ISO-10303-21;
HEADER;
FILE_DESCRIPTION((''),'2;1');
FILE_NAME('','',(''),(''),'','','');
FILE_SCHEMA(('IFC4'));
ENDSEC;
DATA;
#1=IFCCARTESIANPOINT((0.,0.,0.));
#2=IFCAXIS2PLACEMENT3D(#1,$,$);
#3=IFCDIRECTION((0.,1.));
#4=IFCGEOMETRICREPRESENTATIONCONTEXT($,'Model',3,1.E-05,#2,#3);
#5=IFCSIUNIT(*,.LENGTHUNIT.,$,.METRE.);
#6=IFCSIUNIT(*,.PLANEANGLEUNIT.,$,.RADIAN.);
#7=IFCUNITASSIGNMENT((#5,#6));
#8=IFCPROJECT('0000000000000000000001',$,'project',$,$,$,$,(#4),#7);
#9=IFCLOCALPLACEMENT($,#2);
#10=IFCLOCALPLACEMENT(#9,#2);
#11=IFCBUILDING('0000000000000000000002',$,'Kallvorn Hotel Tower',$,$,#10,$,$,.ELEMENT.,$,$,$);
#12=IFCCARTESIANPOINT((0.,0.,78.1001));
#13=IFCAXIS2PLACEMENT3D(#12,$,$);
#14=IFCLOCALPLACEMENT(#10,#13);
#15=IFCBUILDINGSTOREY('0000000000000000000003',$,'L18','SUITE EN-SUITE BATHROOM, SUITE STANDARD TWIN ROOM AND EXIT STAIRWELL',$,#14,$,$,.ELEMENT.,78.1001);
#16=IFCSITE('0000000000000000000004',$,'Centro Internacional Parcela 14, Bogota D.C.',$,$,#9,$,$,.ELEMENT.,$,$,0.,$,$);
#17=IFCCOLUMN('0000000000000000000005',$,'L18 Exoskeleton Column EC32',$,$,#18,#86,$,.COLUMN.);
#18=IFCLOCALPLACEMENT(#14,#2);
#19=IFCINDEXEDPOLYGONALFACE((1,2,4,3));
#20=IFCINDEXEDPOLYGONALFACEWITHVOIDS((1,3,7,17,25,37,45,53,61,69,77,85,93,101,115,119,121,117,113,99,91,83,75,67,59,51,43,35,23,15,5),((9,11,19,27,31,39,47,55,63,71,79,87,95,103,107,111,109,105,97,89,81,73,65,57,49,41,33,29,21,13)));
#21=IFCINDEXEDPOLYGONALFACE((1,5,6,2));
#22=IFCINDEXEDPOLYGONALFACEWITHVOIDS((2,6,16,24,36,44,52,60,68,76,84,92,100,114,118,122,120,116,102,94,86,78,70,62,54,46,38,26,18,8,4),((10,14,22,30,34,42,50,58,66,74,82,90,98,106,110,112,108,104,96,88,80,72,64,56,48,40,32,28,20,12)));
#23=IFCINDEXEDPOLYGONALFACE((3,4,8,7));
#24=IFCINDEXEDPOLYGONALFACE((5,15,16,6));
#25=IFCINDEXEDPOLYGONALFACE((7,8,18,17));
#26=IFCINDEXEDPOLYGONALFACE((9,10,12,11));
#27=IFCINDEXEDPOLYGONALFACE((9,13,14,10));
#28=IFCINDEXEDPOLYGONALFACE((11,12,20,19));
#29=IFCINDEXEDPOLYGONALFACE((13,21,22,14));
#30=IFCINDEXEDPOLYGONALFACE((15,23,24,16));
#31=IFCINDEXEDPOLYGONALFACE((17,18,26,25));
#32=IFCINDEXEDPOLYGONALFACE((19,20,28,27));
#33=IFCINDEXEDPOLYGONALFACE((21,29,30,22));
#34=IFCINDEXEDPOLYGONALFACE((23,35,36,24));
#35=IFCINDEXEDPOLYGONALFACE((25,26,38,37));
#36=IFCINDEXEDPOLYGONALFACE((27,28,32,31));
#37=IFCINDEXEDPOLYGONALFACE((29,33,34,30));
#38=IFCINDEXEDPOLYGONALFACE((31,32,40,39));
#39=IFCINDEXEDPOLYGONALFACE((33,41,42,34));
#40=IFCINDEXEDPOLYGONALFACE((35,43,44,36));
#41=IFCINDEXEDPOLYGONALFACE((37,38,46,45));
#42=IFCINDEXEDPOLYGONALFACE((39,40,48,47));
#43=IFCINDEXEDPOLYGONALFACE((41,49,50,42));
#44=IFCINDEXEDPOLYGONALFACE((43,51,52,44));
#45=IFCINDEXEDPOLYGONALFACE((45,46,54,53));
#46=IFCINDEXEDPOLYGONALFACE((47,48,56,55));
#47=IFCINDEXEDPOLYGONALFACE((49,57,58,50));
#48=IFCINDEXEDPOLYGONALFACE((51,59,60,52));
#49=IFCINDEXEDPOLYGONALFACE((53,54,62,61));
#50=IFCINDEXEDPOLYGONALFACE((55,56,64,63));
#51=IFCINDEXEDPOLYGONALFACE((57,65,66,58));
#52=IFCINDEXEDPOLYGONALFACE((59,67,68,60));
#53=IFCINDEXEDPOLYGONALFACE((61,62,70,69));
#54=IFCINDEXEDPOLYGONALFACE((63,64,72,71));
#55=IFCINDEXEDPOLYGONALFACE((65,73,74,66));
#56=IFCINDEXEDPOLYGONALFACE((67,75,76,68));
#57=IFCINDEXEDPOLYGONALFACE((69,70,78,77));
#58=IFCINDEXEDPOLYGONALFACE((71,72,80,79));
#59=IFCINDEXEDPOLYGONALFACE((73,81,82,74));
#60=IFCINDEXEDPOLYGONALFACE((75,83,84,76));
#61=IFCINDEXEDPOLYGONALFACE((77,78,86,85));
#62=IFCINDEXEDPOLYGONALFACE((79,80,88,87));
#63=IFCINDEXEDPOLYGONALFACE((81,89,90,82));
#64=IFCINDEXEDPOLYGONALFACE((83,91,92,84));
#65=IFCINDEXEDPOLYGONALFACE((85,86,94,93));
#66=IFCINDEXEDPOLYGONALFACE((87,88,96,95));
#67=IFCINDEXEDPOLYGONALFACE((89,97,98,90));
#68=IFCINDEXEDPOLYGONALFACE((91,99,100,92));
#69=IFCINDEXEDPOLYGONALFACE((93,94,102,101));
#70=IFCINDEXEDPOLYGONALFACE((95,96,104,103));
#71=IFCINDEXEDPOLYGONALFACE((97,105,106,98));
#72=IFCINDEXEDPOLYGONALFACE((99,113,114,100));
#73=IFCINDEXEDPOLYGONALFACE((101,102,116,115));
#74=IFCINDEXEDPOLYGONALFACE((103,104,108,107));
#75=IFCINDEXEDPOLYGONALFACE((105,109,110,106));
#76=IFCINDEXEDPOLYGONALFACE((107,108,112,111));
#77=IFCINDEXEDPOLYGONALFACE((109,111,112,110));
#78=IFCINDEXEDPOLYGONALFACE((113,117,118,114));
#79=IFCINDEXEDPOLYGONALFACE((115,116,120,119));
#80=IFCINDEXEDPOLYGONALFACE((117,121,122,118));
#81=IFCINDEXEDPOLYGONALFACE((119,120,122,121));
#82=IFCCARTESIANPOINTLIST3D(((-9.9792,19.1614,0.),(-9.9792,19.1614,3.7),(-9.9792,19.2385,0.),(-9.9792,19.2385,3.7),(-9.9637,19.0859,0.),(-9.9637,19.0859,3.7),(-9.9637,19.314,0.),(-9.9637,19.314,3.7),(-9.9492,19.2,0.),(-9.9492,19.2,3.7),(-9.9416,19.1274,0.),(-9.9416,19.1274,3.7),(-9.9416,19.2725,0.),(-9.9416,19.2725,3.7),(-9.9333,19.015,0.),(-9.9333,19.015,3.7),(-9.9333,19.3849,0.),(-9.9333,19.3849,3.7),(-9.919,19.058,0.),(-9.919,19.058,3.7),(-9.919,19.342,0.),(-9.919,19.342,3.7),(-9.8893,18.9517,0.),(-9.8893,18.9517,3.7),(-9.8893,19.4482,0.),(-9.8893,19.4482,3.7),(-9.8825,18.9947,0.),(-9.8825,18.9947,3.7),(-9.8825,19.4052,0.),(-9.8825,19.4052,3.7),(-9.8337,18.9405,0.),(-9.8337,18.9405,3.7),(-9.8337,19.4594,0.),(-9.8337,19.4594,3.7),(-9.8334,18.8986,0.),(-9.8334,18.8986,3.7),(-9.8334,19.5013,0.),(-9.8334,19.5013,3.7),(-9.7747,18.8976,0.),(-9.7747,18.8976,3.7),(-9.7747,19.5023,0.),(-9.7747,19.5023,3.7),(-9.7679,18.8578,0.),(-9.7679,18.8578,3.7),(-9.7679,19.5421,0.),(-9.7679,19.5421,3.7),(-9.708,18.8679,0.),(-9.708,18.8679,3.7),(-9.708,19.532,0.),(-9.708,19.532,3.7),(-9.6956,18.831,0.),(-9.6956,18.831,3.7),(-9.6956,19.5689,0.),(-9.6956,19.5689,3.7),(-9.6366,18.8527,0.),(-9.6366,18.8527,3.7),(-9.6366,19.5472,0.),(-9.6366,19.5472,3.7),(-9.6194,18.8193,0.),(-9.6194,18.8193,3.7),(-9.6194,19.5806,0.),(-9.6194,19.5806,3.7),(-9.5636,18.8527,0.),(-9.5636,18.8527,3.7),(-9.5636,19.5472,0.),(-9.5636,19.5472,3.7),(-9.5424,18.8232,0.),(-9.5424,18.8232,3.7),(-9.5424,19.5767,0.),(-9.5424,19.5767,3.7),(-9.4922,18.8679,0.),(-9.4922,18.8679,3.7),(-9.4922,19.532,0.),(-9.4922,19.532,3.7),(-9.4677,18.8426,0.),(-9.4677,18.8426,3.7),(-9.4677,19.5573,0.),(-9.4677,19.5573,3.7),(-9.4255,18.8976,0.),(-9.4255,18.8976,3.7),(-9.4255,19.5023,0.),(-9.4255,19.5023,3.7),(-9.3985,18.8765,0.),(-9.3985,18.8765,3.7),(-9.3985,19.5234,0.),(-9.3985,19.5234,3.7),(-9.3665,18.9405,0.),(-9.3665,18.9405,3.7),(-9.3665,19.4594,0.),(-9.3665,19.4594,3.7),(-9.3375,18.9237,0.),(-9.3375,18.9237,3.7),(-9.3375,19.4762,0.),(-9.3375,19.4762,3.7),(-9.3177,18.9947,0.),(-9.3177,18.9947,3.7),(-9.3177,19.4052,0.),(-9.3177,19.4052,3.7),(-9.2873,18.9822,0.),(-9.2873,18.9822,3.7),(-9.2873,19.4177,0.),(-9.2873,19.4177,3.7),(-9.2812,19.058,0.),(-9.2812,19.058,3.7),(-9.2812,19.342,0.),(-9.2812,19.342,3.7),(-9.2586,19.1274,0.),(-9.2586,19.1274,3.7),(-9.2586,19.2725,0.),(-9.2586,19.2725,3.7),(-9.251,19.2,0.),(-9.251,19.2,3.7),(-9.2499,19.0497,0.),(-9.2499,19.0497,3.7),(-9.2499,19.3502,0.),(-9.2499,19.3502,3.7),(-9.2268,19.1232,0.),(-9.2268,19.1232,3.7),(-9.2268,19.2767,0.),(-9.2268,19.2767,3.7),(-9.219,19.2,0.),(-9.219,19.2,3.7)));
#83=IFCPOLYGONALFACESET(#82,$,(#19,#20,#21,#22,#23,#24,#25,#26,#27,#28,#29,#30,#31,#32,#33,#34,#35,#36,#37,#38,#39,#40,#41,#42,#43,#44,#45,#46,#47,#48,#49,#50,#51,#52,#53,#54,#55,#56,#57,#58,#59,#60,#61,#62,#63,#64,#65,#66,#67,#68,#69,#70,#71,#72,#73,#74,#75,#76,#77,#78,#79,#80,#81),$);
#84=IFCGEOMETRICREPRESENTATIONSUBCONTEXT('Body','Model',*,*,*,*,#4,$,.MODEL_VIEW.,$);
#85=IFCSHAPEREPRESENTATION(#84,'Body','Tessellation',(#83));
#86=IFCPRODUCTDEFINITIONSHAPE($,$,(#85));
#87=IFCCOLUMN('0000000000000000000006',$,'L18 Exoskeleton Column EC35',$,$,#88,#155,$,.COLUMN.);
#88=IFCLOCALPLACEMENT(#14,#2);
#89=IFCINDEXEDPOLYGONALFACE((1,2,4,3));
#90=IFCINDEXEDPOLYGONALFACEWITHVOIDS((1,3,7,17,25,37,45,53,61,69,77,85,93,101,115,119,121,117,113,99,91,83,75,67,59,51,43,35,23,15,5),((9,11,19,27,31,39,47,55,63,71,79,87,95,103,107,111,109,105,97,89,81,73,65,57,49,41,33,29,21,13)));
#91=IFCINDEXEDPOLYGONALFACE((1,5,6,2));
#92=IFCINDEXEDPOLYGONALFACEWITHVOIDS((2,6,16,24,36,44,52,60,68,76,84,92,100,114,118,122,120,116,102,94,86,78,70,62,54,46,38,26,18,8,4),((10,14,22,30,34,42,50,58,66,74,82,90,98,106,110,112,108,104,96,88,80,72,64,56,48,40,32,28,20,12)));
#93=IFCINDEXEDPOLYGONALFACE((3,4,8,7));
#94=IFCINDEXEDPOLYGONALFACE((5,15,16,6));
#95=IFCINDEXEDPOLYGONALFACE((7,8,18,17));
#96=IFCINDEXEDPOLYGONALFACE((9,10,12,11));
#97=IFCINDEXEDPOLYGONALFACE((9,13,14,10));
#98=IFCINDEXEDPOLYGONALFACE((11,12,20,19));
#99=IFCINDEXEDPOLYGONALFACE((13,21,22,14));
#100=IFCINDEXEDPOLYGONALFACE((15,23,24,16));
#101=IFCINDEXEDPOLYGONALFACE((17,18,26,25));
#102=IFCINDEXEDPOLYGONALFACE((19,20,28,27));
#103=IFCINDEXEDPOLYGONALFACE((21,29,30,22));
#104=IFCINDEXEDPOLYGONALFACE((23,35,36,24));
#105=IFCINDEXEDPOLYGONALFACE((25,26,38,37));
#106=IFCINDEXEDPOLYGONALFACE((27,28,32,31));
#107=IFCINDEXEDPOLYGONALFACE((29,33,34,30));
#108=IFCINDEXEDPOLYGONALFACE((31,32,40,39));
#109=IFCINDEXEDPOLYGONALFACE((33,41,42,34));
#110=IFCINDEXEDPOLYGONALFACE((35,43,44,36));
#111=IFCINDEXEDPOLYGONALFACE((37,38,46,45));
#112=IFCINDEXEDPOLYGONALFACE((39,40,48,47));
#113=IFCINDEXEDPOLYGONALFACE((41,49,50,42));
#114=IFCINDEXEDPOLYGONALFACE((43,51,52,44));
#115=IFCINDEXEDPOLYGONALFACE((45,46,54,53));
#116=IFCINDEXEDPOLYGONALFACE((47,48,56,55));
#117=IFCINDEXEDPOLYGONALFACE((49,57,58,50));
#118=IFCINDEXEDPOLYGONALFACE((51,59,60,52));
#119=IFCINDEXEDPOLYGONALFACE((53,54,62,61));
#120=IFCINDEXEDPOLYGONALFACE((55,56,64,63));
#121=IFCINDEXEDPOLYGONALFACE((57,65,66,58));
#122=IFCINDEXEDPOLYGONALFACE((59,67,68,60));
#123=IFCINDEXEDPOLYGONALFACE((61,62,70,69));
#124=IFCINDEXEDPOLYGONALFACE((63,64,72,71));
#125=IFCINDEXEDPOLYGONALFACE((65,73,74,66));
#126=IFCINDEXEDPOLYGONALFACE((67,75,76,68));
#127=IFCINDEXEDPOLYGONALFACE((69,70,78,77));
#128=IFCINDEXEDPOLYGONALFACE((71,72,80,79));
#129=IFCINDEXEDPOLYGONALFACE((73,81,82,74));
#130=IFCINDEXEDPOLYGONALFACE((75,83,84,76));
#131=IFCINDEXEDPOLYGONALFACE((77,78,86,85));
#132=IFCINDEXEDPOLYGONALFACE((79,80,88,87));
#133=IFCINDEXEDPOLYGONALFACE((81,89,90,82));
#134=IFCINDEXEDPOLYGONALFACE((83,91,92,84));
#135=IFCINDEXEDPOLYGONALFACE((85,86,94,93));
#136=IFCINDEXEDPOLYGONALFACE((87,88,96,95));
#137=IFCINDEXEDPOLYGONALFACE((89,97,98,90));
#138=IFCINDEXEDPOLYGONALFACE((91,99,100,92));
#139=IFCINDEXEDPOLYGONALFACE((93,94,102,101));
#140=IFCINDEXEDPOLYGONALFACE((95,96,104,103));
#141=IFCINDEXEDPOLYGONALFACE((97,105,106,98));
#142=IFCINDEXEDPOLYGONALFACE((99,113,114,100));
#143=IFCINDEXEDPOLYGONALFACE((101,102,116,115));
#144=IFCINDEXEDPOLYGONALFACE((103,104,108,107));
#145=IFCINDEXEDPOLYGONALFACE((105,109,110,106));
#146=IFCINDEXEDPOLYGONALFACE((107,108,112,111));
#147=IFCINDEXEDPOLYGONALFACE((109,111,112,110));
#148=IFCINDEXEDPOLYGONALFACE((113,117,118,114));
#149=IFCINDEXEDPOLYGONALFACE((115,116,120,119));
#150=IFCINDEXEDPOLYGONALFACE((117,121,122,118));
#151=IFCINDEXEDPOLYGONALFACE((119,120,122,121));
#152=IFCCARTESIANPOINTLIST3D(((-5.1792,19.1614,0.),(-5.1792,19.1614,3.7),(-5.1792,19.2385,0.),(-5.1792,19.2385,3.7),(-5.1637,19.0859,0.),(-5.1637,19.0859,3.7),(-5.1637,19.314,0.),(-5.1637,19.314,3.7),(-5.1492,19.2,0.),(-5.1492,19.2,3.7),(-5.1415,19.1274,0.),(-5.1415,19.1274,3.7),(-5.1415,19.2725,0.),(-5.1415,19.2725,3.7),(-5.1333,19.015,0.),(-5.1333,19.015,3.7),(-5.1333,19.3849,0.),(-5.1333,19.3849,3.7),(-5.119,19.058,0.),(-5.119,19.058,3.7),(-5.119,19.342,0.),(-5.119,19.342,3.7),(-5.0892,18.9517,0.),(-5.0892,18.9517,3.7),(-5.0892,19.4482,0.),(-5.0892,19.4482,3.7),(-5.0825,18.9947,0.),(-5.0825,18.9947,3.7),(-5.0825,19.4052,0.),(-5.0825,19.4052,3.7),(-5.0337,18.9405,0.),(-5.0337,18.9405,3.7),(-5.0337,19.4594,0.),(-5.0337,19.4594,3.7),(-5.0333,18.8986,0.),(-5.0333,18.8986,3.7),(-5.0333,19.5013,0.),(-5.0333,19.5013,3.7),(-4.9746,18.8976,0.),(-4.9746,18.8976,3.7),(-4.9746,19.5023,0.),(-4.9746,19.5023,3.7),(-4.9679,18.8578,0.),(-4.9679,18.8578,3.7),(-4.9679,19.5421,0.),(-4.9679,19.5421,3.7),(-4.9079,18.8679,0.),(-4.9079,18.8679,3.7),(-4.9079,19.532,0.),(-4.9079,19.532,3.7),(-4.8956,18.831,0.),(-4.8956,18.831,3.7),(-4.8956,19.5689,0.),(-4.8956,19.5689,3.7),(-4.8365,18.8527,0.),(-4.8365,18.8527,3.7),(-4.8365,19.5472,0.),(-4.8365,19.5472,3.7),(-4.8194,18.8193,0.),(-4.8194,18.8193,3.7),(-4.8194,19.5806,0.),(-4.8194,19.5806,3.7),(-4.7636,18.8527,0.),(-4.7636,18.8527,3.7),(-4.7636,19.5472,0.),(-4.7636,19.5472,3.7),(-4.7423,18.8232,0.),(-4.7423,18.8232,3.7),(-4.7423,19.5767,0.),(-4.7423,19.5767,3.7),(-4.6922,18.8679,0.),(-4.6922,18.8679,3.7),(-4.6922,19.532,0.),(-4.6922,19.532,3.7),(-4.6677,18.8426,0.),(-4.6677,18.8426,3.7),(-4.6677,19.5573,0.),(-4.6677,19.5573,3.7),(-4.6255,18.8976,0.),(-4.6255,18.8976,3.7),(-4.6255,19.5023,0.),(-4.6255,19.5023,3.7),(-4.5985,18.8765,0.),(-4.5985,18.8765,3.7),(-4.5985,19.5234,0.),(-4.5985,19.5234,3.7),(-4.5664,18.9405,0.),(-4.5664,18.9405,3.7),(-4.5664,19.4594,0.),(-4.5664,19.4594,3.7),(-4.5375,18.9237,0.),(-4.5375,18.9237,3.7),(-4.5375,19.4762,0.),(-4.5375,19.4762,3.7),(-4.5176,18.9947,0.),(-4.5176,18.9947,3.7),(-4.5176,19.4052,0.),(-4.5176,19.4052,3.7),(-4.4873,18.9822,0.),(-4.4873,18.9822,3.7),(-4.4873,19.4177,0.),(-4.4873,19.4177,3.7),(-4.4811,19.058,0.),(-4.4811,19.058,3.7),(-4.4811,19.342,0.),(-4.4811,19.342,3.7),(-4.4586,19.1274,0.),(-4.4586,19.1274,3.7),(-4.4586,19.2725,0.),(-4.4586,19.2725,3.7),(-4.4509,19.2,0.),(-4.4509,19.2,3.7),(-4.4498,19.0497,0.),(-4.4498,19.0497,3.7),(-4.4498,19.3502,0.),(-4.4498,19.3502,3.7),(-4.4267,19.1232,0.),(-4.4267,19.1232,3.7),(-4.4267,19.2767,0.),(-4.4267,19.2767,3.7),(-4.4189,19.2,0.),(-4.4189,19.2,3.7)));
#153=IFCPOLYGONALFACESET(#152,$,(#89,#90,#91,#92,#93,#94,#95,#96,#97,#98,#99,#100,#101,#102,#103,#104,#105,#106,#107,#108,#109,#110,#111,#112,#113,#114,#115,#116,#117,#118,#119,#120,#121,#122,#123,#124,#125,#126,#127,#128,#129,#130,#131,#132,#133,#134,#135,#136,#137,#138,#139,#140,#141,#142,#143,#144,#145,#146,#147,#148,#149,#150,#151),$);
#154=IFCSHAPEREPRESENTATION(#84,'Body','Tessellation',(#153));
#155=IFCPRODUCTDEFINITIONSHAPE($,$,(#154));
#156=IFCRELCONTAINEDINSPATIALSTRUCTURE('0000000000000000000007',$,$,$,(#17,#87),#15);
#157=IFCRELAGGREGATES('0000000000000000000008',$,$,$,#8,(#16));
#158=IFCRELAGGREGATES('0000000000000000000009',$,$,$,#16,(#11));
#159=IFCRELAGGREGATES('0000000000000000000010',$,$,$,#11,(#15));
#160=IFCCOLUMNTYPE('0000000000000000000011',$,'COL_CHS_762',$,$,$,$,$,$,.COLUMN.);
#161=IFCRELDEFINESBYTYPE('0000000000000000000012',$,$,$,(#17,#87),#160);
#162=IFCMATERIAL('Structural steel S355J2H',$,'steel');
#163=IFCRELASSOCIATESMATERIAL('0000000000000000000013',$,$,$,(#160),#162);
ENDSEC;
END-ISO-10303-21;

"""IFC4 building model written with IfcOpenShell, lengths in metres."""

from ifc_helpers import new_model, si_unit, direction, frame, origin, origin_2d, place, context, subcontext, project, spatial, hollow_circle, extrude, material, material_profile, profile_set, type_object, element, save


model = new_model("IFC4")

# Units and contexts
model_context = context("Model", 3, precision=1e-05, world=origin(), true_north=direction((0.0, 1.0)))
body_context = subcontext(model_context, "Body", "Model", "MODEL_VIEW")
ifc_project = project(units=[si_unit("LENGTHUNIT", "METRE"), si_unit("PLANEANGLEUNIT", "RADIAN")], contexts=[model_context])

# Site, building, storey
site_placement = place(None, origin())
site = spatial("IfcSite", under=ifc_project, at=site_placement, Name="Centro Internacional Parcela 14, Bogota D.C.", CompositionType="ELEMENT", RefElevation=0.0)
building_placement = place(site_placement, origin())
building = spatial("IfcBuilding", under=site, at=building_placement, Name="Kallvorn Hotel Tower", CompositionType="ELEMENT")
storey_placement = place(building_placement, frame((0.0, 0.0, 78.1001)))
storey = spatial("IfcBuildingStorey", under=building, at=storey_placement, Name="L18", Description="SUITE EN-SUITE BATHROOM, SUITE STANDARD TWIN ROOM AND EXIT STAIRWELL", CompositionType="ELEMENT", Elevation=78.1001)

# Columns
ifc_material_1 = material(Name="Structural steel S355J2H", Category="steel")
ifc_material_profile_1 = material_profile(ifc_material_1, hollow_circle(Radius=0.3811, WallThickness=0.032, at=origin_2d()), Name="CHS 762x32")
ifc_profile_set_1 = profile_set([ifc_material_profile_1], Name="Structural steel S355J2H")
column_type_1 = type_object("IfcColumnType", Name="COL_CHS_762", PredefinedType="COLUMN", material=ifc_profile_set_1)
for number, where, z_axis, x_axis, name in (
    (1, (-9.6001, 19.2, 0.0), (0.0, 0.0, 1.0), (1.0, 0.0, 0.0), "L18 Exoskeleton Column EC32"),
    (2, (-4.8, 19.2, 0.0), (0.0, 0.0, 1.0), (1.0, 0.0, 0.0), "L18 Exoskeleton Column EC35"),
):
    element("IfcColumn", number, at=place(storey_placement, frame(where, z_axis=z_axis, x_axis=x_axis)), inside=storey, type_object=column_type_1, Name=name, PredefinedType="COLUMN", context=body_context, shape_type="SweptSolid", body=[
        extrude(hollow_circle(Radius=0.3811, WallThickness=0.032, at=origin_2d()), origin(), (0.0, 0.0, 1.0), 3.7),
    ])

save(model, "model.ifc")
